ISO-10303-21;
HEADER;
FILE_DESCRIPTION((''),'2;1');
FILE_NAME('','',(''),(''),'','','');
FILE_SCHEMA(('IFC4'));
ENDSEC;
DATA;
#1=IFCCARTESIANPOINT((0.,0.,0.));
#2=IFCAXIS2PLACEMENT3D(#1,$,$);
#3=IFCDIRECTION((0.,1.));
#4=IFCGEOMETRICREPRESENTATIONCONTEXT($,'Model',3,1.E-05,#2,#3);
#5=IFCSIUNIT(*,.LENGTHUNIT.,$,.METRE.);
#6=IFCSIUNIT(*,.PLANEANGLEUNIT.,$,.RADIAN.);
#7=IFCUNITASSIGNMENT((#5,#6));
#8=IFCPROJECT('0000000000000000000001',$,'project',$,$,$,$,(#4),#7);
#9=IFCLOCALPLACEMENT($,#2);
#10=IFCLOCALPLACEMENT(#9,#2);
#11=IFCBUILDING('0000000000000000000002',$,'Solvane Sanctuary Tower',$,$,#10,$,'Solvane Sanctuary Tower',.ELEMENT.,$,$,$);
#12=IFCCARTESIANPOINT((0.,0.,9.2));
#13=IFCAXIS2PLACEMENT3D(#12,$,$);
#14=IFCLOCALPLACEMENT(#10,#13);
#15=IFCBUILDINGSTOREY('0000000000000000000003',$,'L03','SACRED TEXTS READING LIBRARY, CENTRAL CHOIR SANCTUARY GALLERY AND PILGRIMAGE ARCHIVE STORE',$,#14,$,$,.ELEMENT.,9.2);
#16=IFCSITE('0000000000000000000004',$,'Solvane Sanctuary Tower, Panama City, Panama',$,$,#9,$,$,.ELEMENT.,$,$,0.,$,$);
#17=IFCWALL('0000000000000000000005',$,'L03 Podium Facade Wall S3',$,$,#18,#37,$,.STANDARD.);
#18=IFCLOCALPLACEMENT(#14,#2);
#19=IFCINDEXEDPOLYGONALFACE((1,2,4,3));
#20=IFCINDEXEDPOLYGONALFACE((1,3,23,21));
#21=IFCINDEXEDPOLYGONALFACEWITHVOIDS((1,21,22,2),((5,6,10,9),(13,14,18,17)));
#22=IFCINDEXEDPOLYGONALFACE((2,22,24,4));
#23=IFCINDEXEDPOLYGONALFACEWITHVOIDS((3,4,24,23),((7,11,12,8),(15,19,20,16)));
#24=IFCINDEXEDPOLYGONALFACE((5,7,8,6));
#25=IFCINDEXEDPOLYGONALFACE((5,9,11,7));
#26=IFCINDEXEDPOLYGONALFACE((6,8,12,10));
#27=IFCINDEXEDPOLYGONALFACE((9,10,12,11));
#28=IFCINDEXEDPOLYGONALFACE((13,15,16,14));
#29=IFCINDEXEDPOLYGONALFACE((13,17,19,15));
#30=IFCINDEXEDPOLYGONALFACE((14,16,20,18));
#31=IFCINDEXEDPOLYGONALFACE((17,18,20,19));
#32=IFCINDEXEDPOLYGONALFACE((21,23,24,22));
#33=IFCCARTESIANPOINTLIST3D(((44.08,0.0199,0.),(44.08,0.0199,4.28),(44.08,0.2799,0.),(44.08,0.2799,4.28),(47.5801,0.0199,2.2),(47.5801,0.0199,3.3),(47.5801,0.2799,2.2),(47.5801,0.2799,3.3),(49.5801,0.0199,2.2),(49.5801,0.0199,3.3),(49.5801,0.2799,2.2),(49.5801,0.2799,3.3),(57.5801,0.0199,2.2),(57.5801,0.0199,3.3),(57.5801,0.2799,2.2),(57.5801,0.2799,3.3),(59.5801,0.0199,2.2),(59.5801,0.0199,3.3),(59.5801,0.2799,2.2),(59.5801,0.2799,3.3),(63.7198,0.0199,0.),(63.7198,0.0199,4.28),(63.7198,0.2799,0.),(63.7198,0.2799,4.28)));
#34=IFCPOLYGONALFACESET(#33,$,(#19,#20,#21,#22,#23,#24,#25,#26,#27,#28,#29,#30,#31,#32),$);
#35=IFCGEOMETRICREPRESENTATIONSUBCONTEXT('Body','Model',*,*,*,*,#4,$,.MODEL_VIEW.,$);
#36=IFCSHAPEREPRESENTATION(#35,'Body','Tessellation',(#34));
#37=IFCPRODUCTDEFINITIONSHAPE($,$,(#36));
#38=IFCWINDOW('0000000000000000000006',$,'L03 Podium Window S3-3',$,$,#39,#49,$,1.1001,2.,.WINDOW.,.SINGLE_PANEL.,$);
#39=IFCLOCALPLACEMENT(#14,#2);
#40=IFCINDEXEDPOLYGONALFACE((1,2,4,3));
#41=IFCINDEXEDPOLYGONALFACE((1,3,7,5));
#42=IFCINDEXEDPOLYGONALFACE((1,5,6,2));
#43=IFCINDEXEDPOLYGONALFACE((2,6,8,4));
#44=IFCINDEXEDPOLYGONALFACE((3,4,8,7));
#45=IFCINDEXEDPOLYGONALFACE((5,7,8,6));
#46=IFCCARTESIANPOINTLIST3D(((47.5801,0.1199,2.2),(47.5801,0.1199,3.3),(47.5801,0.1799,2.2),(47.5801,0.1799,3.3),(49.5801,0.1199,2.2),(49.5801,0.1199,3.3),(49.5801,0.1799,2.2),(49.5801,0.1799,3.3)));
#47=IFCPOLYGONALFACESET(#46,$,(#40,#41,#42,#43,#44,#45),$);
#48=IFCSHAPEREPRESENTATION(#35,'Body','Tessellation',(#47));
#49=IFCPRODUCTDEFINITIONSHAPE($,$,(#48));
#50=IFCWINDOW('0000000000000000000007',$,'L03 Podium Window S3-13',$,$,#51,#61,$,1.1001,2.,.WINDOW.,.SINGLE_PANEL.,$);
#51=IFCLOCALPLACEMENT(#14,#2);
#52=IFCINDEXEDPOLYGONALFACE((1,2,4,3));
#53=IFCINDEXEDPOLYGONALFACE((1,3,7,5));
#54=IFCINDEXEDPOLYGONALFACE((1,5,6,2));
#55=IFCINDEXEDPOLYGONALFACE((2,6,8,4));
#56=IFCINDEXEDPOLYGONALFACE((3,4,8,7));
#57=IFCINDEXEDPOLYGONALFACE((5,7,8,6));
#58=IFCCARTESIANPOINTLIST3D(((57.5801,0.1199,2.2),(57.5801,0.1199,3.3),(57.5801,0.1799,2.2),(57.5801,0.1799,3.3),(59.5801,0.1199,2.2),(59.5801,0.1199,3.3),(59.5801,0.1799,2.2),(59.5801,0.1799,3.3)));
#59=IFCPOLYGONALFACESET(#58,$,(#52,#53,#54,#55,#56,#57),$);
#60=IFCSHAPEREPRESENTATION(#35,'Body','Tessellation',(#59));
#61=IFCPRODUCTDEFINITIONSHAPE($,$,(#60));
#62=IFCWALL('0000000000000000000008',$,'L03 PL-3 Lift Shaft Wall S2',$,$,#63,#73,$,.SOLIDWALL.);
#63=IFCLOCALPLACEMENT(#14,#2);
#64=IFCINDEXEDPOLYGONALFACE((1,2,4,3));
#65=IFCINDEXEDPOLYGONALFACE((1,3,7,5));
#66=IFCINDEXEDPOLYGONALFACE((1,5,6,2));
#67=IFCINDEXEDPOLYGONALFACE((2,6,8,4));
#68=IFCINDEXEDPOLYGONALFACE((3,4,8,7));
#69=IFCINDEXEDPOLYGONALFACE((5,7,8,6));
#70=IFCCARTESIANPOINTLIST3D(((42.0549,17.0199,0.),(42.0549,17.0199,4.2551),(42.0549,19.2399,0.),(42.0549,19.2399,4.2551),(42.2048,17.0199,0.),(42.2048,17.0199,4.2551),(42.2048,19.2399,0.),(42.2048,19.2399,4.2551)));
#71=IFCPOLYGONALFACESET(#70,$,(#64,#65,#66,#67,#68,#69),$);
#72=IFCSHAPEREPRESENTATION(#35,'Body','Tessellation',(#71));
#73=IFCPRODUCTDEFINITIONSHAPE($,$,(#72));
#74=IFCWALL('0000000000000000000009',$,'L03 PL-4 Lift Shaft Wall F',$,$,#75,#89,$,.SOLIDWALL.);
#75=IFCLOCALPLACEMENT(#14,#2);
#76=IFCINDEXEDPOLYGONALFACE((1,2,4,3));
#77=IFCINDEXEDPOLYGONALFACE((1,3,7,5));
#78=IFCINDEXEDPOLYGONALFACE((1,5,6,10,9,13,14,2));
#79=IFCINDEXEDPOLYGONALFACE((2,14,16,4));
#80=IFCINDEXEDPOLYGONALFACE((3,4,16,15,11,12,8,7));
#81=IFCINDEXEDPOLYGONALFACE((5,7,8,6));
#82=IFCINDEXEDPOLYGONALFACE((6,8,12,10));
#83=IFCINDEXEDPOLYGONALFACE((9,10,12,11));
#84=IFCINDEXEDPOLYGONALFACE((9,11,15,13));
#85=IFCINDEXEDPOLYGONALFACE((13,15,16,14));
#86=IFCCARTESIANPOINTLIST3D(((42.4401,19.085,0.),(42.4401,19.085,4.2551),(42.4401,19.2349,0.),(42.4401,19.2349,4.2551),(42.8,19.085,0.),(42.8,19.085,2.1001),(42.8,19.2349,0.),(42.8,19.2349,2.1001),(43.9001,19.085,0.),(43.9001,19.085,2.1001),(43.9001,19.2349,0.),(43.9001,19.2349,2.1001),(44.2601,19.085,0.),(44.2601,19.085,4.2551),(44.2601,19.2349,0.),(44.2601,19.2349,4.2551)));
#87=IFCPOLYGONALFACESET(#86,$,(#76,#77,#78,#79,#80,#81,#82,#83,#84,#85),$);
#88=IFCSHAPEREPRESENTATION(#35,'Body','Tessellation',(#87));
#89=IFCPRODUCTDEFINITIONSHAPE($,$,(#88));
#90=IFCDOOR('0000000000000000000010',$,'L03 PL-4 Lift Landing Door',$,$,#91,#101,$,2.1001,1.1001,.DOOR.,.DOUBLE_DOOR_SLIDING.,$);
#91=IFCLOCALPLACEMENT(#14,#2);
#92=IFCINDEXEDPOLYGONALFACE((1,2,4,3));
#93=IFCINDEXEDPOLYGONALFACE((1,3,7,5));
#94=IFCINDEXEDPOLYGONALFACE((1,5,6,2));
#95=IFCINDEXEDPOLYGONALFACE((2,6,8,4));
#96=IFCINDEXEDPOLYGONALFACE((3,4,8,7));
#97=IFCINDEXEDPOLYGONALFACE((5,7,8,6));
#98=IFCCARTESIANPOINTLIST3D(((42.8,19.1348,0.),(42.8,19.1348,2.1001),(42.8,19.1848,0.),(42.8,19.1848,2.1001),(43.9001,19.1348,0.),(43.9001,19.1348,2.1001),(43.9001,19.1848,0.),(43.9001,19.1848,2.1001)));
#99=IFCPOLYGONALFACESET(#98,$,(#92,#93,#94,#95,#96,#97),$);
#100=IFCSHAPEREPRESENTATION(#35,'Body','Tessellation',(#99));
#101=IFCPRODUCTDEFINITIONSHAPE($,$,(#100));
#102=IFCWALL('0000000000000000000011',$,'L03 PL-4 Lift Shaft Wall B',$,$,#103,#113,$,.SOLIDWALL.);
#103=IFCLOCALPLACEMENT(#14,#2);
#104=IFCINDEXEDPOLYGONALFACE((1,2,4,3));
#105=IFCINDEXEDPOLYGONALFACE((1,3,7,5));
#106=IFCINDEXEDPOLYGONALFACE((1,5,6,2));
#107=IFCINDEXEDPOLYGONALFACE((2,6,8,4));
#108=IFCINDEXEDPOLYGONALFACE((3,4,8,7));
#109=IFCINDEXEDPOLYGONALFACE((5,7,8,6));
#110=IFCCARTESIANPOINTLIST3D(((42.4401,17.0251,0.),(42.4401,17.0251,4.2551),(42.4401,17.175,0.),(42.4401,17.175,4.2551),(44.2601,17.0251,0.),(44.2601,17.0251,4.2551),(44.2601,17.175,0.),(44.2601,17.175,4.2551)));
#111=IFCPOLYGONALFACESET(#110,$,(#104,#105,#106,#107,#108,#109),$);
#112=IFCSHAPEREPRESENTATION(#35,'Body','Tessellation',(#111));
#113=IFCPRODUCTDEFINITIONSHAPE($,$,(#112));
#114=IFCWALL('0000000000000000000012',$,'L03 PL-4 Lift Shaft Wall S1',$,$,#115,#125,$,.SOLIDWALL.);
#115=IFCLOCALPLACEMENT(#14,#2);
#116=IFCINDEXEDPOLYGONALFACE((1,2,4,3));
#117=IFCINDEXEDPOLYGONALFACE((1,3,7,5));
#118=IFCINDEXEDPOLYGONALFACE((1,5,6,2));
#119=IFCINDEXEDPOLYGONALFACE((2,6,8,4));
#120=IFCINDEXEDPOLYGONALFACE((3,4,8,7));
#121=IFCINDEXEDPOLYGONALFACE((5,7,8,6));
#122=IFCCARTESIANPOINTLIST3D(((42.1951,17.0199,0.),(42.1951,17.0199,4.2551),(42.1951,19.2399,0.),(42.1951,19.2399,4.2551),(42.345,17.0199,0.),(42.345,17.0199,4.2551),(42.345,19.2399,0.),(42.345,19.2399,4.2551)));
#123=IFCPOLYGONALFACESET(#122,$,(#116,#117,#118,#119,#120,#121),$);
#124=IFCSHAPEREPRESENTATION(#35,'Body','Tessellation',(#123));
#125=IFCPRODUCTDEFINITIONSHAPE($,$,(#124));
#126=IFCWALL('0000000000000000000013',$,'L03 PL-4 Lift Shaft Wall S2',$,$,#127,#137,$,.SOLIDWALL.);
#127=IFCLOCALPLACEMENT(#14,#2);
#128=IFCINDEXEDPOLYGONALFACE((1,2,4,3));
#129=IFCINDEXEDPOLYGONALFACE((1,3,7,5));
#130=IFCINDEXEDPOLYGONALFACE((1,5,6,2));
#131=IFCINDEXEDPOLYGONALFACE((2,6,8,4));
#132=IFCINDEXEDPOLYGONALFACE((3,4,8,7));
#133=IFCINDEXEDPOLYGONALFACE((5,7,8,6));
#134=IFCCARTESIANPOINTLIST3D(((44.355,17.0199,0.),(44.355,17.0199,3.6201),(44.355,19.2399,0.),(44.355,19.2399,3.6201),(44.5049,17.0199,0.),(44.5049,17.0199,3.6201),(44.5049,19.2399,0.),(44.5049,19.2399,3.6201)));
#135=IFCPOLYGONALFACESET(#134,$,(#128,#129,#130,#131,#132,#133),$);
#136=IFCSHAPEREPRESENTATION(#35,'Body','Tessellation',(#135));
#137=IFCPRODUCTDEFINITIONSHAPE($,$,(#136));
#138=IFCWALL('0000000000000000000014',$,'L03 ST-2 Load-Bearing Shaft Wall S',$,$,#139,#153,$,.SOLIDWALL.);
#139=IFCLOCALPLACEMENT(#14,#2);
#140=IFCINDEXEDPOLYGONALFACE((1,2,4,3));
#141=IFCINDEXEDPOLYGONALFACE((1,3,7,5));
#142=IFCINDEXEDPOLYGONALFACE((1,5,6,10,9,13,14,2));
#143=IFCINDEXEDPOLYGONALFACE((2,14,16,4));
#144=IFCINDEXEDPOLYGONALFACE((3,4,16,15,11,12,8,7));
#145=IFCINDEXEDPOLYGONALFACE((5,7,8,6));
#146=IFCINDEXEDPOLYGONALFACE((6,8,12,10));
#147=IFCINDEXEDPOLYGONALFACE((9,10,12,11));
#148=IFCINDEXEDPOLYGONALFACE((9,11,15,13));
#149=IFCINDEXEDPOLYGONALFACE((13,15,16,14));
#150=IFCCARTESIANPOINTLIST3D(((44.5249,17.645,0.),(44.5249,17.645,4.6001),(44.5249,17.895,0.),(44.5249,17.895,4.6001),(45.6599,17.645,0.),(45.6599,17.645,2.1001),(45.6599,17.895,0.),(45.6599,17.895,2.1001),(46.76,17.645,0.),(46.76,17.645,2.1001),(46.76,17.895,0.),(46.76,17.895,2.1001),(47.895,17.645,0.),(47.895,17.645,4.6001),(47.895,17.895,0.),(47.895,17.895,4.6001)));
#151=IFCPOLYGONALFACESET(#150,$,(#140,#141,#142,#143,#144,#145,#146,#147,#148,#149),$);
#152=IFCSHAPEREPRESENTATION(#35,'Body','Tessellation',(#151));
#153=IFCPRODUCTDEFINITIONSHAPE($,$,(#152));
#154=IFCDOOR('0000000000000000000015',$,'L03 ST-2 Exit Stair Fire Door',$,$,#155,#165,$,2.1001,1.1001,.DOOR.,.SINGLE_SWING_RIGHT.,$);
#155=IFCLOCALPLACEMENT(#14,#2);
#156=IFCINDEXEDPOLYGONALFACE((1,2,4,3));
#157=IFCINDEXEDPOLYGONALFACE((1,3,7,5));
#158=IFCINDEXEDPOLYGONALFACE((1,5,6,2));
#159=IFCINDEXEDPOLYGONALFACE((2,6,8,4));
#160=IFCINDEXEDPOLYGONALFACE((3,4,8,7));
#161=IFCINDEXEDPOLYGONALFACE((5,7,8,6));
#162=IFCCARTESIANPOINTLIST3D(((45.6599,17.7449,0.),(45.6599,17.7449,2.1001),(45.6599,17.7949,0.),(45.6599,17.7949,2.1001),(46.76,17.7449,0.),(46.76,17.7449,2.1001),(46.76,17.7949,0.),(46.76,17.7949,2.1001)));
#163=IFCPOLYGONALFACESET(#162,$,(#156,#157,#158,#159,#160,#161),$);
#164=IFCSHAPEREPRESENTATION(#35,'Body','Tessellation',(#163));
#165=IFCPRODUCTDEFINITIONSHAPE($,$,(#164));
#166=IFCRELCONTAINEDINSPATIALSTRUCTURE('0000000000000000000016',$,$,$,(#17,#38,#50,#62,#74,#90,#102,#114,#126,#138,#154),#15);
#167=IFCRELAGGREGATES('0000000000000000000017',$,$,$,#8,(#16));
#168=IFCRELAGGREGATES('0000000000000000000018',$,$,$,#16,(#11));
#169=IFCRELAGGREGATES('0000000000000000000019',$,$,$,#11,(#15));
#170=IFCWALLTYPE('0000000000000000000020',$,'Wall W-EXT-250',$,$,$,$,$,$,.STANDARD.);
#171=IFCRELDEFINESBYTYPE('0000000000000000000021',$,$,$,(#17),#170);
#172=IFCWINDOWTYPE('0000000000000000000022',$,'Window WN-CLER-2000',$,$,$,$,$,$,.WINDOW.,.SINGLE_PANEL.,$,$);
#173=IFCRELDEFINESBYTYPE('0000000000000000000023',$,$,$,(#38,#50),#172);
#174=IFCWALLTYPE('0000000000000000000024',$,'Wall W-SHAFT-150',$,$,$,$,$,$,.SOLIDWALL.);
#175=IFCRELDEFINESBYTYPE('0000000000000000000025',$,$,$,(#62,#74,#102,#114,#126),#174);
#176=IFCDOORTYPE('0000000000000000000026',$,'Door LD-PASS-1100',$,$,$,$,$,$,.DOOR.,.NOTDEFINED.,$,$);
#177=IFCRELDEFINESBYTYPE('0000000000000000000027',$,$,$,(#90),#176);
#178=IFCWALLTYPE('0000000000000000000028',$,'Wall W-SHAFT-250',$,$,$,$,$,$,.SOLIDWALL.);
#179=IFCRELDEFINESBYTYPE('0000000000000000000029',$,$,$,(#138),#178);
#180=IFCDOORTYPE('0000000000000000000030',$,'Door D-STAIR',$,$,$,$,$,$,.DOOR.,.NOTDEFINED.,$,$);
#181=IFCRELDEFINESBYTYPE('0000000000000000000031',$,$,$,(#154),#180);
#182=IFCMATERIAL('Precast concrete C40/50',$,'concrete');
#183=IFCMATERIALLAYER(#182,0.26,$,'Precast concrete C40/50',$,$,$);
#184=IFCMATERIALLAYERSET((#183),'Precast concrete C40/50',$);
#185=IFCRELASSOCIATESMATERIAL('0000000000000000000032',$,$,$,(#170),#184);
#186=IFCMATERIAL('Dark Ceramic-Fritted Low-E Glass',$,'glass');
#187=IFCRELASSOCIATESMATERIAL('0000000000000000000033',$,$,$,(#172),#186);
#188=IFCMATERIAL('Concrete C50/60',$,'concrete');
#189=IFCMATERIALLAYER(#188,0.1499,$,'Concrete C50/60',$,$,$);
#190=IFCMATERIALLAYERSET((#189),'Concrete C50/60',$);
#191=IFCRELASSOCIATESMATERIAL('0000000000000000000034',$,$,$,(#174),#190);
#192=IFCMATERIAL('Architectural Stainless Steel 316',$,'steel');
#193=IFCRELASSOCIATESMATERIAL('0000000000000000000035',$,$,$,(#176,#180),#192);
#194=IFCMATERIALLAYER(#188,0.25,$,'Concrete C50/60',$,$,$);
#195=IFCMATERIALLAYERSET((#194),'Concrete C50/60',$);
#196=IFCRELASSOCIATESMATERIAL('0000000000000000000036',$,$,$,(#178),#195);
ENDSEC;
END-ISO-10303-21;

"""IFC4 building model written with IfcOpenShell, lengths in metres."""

from ifc_helpers import new_model, si_unit, direction, frame, frame_2d, origin, place, context, subcontext, project, spatial, rectangle, extrude, material, layer, layer_set, type_object, element, fill, save


model = new_model("IFC4")

# Units and contexts
model_context = context("Model", 3, precision=1e-05, world=origin(), true_north=direction((0.0, 1.0)))
body_context = subcontext(model_context, "Body", "Model", "MODEL_VIEW")
ifc_project = project(units=[si_unit("LENGTHUNIT", "METRE"), si_unit("PLANEANGLEUNIT", "RADIAN")], contexts=[model_context])

# Site, building, storey
site_placement = place(None, origin())
site = spatial("IfcSite", under=ifc_project, at=site_placement, Name="Solvane Sanctuary Tower, Panama City, Panama", CompositionType="ELEMENT", RefElevation=0.0)
building_placement = place(site_placement, origin())
building = spatial("IfcBuilding", under=site, at=building_placement, Name="Solvane Sanctuary Tower", LongName="Solvane Sanctuary Tower", CompositionType="ELEMENT")
storey_placement = place(building_placement, frame((0.0, 0.0, 9.2)))
storey = spatial("IfcBuildingStorey", under=building, at=storey_placement, Name="L03", Description="SACRED TEXTS READING LIBRARY, CENTRAL CHOIR SANCTUARY GALLERY AND PILGRIMAGE ARCHIVE STORE", CompositionType="ELEMENT", Elevation=9.2)

# Shared definitions
ifc_material_1 = material(Name="Dark Ceramic-Fritted Low-E Glass", Category="glass")

# Shared definitions
ifc_material_2 = material(Name="Architectural Stainless Steel 316", Category="steel")

# Wall, openings, windows
ifc_material_3 = material(Name="Precast concrete C40/50", Category="concrete")
ifc_layer_1 = layer(ifc_material_3, 0.26, Name="Precast concrete C40/50")
ifc_layer_set_1 = layer_set([ifc_layer_1], Name="Precast concrete C40/50")
wall_type_1 = type_object("IfcWallType", Name="Wall W-EXT-250", PredefinedType="STANDARD", material=ifc_layer_set_1)
wall_1_placement = place(storey_placement, frame((44.0801, 0.1499, 0.0), z_axis=(0.0, 0.0, 1.0), x_axis=(1.0, 0.0, 0.0)))
wall_1 = element("IfcWall", 1, at=wall_1_placement, inside=storey, type_object=wall_type_1, Name="L03 Podium Facade Wall S3", PredefinedType="STANDARD", context=body_context, shape_type="SweptSolid", body=[
    extrude(rectangle(XDim=19.6399, YDim=0.26, at=frame_2d((9.8198, 0.0))), origin(), (0.0, 0.0, 1.0), 4.28),
])
opening_1_placement = place(wall_1_placement, frame((3.5, 0.0, 2.2)))
opening_1 = element("IfcOpeningElement", 2, at=opening_1_placement, cuts=wall_1, PredefinedType="OPENING", context=body_context, shape_type="SweptSolid", body=[
    extrude(rectangle(XDim=2.0, YDim=1.1001, at=frame_2d((1.0, 0.55))), frame((0.0, 0.1399, 0.0), z_axis=(0.0, -1.0, 0.0), x_axis=(1.0, 0.0, 0.0)), (0.0, 0.0, 1.0), 0.28),
])
opening_2_placement = place(wall_1_placement, frame((13.5, 0.0, 2.2)))
opening_2 = element("IfcOpeningElement", 3, at=opening_2_placement, cuts=wall_1, PredefinedType="OPENING", context=body_context, shape_type="SweptSolid", body=[
    extrude(rectangle(XDim=2.0, YDim=1.1001, at=frame_2d((1.0, 0.55))), frame((0.0, 0.1399, 0.0), z_axis=(0.0, -1.0, 0.0), x_axis=(1.0, 0.0, 0.0)), (0.0, 0.0, 1.0), 0.28),
])
window_type = type_object("IfcWindowType", Name="Window WN-CLER-2000", PartitioningType="SINGLE_PANEL", PredefinedType="WINDOW", material=ifc_material_1)
window_1_placement = place(opening_1_placement, origin())
window_1 = element("IfcWindow", 4, at=window_1_placement, inside=storey, type_object=window_type, Name="L03 Podium Window S3-3", OverallHeight=1.1001, OverallWidth=2.0, PartitioningType="SINGLE_PANEL", PredefinedType="WINDOW", context=body_context, shape_type="SweptSolid", body=[
    extrude(rectangle(XDim=2.0, YDim=1.1001, at=frame_2d((1.0, 0.55))), frame((0.0, 0.03, 0.0), z_axis=(0.0, -1.0, 0.0), x_axis=(1.0, 0.0, 0.0)), (0.0, 0.0, 1.0), 0.0601),
])
fill(opening_1, window_1)
window_2_placement = place(opening_2_placement, origin())
window_2 = element("IfcWindow", 5, at=window_2_placement, inside=storey, type_object=window_type, Name="L03 Podium Window S3-13", OverallHeight=1.1001, OverallWidth=2.0, PartitioningType="SINGLE_PANEL", PredefinedType="WINDOW", context=body_context, shape_type="SweptSolid", body=[
    extrude(rectangle(XDim=2.0, YDim=1.1001, at=frame_2d((1.0, 0.55))), frame((0.0, 0.03, 0.0), z_axis=(0.0, -1.0, 0.0), x_axis=(1.0, 0.0, 0.0)), (0.0, 0.0, 1.0), 0.0601),
])
fill(opening_2, window_2)

# Wall
ifc_material_4 = material(Name="Concrete C50/60", Category="concrete")
ifc_layer_2 = layer(ifc_material_4, 0.1499, Name="Concrete C50/60")
ifc_layer_set_2 = layer_set([ifc_layer_2], Name="Concrete C50/60")
wall_type_2 = type_object("IfcWallType", Name="Wall W-SHAFT-150", PredefinedType="SOLIDWALL", material=ifc_layer_set_2)
wall_2_placement = place(storey_placement, frame((42.1299, 17.02, 0.0), z_axis=(0.0, 0.0, 1.0), x_axis=(0.0, 1.0, 0.0)))
element("IfcWall", 6, at=wall_2_placement, inside=storey, type_object=wall_type_2, Name="L03 PL-3 Lift Shaft Wall S2", PredefinedType="SOLIDWALL", context=body_context, shape_type="SweptSolid", body=[
    extrude(rectangle(XDim=2.22, YDim=0.1499, at=frame_2d((1.1099, 0.0))), origin(), (0.0, 0.0, 1.0), 4.2551),
])

# Wall, opening, door
wall_3_placement = place(storey_placement, frame((42.4399, 19.1599, 0.0), z_axis=(0.0, 0.0, 1.0), x_axis=(1.0, 0.0, 0.0)))
wall_3 = element("IfcWall", 7, at=wall_3_placement, inside=storey, type_object=wall_type_2, Name="L03 PL-4 Lift Shaft Wall F", PredefinedType="SOLIDWALL", context=body_context, shape_type="SweptSolid", body=[
    extrude(rectangle(XDim=1.8201, YDim=0.1499, at=frame_2d((0.9102, 0.0))), origin(), (0.0, 0.0, 1.0), 4.2551),
])
opening_3_placement = place(wall_3_placement, frame((0.3601, 0.0, 0.0)))
opening_3 = element("IfcOpeningElement", 8, at=opening_3_placement, cuts=wall_3, PredefinedType="OPENING", context=body_context, shape_type="SweptSolid", body=[
    extrude(rectangle(XDim=1.1001, YDim=2.1001, at=frame_2d((0.55, 1.05))), frame((0.0, 0.085, 0.0), z_axis=(0.0, -1.0, 0.0), x_axis=(1.0, 0.0, 0.0)), (0.0, 0.0, 1.0), 0.1699),
])
door_type_1 = type_object("IfcDoorType", Name="Door LD-PASS-1100", OperationType="NOTDEFINED", PredefinedType="DOOR", material=ifc_material_2)
door_1_placement = place(opening_3_placement, origin())
door_1 = element("IfcDoor", 9, at=door_1_placement, inside=storey, type_object=door_type_1, Name="L03 PL-4 Lift Landing Door", OperationType="DOUBLE_DOOR_SLIDING", OverallHeight=2.1001, OverallWidth=1.1001, PredefinedType="DOOR", context=body_context, shape_type="SweptSolid", body=[
    extrude(rectangle(XDim=1.1001, YDim=2.1001, at=frame_2d((0.55, 1.05))), frame((0.0, 0.0249, 0.0), z_axis=(0.0, -1.0, 0.0), x_axis=(1.0, 0.0, 0.0)), (0.0, 0.0, 1.0), 0.05),
])
fill(opening_3, door_1)

# Walls
wall_4_placement = place(storey_placement, frame((42.4399, 17.1001, 0.0), z_axis=(0.0, 0.0, 1.0), x_axis=(1.0, 0.0, 0.0)))
element("IfcWall", 10, at=wall_4_placement, inside=storey, type_object=wall_type_2, Name="L03 PL-4 Lift Shaft Wall B", PredefinedType="SOLIDWALL", context=body_context, shape_type="SweptSolid", body=[
    extrude(rectangle(XDim=1.8201, YDim=0.1499, at=frame_2d((0.9102, 0.0))), origin(), (0.0, 0.0, 1.0), 4.2551),
])
wall_5_placement = place(storey_placement, frame((42.27, 17.02, 0.0), z_axis=(0.0, 0.0, 1.0), x_axis=(0.0, 1.0, 0.0)))
element("IfcWall", 11, at=wall_5_placement, inside=storey, type_object=wall_type_2, Name="L03 PL-4 Lift Shaft Wall S1", PredefinedType="SOLIDWALL", context=body_context, shape_type="SweptSolid", body=[
    extrude(rectangle(XDim=2.22, YDim=0.1499, at=frame_2d((1.1099, 0.0))), origin(), (0.0, 0.0, 1.0), 4.2551),
])
wall_6_placement = place(storey_placement, frame((44.4299, 17.02, 0.0), z_axis=(0.0, 0.0, 1.0), x_axis=(0.0, 1.0, 0.0)))
element("IfcWall", 12, at=wall_6_placement, inside=storey, type_object=wall_type_2, Name="L03 PL-4 Lift Shaft Wall S2", PredefinedType="SOLIDWALL", context=body_context, shape_type="SweptSolid", body=[
    extrude(rectangle(XDim=2.22, YDim=0.1499, at=frame_2d((1.1099, 0.0))), origin(), (0.0, 0.0, 1.0), 3.6201),
])

# Wall, opening, door
ifc_layer_3 = layer(ifc_material_4, 0.25, Name="Concrete C50/60")
ifc_layer_set_3 = layer_set([ifc_layer_3], Name="Concrete C50/60")
wall_type_3 = type_object("IfcWallType", Name="Wall W-SHAFT-250", PredefinedType="SOLIDWALL", material=ifc_layer_set_3)
wall_7_placement = place(storey_placement, frame((44.5249, 17.77, 0.0), z_axis=(0.0, 0.0, 1.0), x_axis=(1.0, 0.0, 0.0)))
wall_7 = element("IfcWall", 13, at=wall_7_placement, inside=storey, type_object=wall_type_3, Name="L03 ST-2 Load-Bearing Shaft Wall S", PredefinedType="SOLIDWALL", context=body_context, shape_type="SweptSolid", body=[
    extrude(rectangle(XDim=3.3701, YDim=0.25, at=frame_2d((1.6851, 0.0))), origin(), (0.0, 0.0, 1.0), 4.6001),
])
opening_4_placement = place(wall_7_placement, frame((1.135, 0.0, 0.0)))
opening_4 = element("IfcOpeningElement", 14, at=opening_4_placement, cuts=wall_7, PredefinedType="OPENING", context=body_context, shape_type="SweptSolid", body=[
    extrude(rectangle(XDim=1.1001, YDim=2.1001, at=frame_2d((0.55, 1.05))), frame((0.0, 0.135, 0.0), z_axis=(0.0, -1.0, 0.0), x_axis=(1.0, 0.0, 0.0)), (0.0, 0.0, 1.0), 0.27),
])
door_type_2 = type_object("IfcDoorType", Name="Door D-STAIR", OperationType="NOTDEFINED", PredefinedType="DOOR", material=ifc_material_2)
door_2_placement = place(opening_4_placement, origin())
door_2 = element("IfcDoor", 15, at=door_2_placement, inside=storey, type_object=door_type_2, Name="L03 ST-2 Exit Stair Fire Door", OperationType="SINGLE_SWING_RIGHT", OverallHeight=2.1001, OverallWidth=1.1001, PredefinedType="DOOR", context=body_context, shape_type="SweptSolid", body=[
    extrude(rectangle(XDim=1.1001, YDim=2.1001, at=frame_2d((0.55, 1.05))), frame((0.0, 0.0249, 0.0), z_axis=(0.0, -1.0, 0.0), x_axis=(1.0, 0.0, 0.0)), (0.0, 0.0, 1.0), 0.05),
])
fill(opening_4, door_2)

save(model, "model.ifc")
